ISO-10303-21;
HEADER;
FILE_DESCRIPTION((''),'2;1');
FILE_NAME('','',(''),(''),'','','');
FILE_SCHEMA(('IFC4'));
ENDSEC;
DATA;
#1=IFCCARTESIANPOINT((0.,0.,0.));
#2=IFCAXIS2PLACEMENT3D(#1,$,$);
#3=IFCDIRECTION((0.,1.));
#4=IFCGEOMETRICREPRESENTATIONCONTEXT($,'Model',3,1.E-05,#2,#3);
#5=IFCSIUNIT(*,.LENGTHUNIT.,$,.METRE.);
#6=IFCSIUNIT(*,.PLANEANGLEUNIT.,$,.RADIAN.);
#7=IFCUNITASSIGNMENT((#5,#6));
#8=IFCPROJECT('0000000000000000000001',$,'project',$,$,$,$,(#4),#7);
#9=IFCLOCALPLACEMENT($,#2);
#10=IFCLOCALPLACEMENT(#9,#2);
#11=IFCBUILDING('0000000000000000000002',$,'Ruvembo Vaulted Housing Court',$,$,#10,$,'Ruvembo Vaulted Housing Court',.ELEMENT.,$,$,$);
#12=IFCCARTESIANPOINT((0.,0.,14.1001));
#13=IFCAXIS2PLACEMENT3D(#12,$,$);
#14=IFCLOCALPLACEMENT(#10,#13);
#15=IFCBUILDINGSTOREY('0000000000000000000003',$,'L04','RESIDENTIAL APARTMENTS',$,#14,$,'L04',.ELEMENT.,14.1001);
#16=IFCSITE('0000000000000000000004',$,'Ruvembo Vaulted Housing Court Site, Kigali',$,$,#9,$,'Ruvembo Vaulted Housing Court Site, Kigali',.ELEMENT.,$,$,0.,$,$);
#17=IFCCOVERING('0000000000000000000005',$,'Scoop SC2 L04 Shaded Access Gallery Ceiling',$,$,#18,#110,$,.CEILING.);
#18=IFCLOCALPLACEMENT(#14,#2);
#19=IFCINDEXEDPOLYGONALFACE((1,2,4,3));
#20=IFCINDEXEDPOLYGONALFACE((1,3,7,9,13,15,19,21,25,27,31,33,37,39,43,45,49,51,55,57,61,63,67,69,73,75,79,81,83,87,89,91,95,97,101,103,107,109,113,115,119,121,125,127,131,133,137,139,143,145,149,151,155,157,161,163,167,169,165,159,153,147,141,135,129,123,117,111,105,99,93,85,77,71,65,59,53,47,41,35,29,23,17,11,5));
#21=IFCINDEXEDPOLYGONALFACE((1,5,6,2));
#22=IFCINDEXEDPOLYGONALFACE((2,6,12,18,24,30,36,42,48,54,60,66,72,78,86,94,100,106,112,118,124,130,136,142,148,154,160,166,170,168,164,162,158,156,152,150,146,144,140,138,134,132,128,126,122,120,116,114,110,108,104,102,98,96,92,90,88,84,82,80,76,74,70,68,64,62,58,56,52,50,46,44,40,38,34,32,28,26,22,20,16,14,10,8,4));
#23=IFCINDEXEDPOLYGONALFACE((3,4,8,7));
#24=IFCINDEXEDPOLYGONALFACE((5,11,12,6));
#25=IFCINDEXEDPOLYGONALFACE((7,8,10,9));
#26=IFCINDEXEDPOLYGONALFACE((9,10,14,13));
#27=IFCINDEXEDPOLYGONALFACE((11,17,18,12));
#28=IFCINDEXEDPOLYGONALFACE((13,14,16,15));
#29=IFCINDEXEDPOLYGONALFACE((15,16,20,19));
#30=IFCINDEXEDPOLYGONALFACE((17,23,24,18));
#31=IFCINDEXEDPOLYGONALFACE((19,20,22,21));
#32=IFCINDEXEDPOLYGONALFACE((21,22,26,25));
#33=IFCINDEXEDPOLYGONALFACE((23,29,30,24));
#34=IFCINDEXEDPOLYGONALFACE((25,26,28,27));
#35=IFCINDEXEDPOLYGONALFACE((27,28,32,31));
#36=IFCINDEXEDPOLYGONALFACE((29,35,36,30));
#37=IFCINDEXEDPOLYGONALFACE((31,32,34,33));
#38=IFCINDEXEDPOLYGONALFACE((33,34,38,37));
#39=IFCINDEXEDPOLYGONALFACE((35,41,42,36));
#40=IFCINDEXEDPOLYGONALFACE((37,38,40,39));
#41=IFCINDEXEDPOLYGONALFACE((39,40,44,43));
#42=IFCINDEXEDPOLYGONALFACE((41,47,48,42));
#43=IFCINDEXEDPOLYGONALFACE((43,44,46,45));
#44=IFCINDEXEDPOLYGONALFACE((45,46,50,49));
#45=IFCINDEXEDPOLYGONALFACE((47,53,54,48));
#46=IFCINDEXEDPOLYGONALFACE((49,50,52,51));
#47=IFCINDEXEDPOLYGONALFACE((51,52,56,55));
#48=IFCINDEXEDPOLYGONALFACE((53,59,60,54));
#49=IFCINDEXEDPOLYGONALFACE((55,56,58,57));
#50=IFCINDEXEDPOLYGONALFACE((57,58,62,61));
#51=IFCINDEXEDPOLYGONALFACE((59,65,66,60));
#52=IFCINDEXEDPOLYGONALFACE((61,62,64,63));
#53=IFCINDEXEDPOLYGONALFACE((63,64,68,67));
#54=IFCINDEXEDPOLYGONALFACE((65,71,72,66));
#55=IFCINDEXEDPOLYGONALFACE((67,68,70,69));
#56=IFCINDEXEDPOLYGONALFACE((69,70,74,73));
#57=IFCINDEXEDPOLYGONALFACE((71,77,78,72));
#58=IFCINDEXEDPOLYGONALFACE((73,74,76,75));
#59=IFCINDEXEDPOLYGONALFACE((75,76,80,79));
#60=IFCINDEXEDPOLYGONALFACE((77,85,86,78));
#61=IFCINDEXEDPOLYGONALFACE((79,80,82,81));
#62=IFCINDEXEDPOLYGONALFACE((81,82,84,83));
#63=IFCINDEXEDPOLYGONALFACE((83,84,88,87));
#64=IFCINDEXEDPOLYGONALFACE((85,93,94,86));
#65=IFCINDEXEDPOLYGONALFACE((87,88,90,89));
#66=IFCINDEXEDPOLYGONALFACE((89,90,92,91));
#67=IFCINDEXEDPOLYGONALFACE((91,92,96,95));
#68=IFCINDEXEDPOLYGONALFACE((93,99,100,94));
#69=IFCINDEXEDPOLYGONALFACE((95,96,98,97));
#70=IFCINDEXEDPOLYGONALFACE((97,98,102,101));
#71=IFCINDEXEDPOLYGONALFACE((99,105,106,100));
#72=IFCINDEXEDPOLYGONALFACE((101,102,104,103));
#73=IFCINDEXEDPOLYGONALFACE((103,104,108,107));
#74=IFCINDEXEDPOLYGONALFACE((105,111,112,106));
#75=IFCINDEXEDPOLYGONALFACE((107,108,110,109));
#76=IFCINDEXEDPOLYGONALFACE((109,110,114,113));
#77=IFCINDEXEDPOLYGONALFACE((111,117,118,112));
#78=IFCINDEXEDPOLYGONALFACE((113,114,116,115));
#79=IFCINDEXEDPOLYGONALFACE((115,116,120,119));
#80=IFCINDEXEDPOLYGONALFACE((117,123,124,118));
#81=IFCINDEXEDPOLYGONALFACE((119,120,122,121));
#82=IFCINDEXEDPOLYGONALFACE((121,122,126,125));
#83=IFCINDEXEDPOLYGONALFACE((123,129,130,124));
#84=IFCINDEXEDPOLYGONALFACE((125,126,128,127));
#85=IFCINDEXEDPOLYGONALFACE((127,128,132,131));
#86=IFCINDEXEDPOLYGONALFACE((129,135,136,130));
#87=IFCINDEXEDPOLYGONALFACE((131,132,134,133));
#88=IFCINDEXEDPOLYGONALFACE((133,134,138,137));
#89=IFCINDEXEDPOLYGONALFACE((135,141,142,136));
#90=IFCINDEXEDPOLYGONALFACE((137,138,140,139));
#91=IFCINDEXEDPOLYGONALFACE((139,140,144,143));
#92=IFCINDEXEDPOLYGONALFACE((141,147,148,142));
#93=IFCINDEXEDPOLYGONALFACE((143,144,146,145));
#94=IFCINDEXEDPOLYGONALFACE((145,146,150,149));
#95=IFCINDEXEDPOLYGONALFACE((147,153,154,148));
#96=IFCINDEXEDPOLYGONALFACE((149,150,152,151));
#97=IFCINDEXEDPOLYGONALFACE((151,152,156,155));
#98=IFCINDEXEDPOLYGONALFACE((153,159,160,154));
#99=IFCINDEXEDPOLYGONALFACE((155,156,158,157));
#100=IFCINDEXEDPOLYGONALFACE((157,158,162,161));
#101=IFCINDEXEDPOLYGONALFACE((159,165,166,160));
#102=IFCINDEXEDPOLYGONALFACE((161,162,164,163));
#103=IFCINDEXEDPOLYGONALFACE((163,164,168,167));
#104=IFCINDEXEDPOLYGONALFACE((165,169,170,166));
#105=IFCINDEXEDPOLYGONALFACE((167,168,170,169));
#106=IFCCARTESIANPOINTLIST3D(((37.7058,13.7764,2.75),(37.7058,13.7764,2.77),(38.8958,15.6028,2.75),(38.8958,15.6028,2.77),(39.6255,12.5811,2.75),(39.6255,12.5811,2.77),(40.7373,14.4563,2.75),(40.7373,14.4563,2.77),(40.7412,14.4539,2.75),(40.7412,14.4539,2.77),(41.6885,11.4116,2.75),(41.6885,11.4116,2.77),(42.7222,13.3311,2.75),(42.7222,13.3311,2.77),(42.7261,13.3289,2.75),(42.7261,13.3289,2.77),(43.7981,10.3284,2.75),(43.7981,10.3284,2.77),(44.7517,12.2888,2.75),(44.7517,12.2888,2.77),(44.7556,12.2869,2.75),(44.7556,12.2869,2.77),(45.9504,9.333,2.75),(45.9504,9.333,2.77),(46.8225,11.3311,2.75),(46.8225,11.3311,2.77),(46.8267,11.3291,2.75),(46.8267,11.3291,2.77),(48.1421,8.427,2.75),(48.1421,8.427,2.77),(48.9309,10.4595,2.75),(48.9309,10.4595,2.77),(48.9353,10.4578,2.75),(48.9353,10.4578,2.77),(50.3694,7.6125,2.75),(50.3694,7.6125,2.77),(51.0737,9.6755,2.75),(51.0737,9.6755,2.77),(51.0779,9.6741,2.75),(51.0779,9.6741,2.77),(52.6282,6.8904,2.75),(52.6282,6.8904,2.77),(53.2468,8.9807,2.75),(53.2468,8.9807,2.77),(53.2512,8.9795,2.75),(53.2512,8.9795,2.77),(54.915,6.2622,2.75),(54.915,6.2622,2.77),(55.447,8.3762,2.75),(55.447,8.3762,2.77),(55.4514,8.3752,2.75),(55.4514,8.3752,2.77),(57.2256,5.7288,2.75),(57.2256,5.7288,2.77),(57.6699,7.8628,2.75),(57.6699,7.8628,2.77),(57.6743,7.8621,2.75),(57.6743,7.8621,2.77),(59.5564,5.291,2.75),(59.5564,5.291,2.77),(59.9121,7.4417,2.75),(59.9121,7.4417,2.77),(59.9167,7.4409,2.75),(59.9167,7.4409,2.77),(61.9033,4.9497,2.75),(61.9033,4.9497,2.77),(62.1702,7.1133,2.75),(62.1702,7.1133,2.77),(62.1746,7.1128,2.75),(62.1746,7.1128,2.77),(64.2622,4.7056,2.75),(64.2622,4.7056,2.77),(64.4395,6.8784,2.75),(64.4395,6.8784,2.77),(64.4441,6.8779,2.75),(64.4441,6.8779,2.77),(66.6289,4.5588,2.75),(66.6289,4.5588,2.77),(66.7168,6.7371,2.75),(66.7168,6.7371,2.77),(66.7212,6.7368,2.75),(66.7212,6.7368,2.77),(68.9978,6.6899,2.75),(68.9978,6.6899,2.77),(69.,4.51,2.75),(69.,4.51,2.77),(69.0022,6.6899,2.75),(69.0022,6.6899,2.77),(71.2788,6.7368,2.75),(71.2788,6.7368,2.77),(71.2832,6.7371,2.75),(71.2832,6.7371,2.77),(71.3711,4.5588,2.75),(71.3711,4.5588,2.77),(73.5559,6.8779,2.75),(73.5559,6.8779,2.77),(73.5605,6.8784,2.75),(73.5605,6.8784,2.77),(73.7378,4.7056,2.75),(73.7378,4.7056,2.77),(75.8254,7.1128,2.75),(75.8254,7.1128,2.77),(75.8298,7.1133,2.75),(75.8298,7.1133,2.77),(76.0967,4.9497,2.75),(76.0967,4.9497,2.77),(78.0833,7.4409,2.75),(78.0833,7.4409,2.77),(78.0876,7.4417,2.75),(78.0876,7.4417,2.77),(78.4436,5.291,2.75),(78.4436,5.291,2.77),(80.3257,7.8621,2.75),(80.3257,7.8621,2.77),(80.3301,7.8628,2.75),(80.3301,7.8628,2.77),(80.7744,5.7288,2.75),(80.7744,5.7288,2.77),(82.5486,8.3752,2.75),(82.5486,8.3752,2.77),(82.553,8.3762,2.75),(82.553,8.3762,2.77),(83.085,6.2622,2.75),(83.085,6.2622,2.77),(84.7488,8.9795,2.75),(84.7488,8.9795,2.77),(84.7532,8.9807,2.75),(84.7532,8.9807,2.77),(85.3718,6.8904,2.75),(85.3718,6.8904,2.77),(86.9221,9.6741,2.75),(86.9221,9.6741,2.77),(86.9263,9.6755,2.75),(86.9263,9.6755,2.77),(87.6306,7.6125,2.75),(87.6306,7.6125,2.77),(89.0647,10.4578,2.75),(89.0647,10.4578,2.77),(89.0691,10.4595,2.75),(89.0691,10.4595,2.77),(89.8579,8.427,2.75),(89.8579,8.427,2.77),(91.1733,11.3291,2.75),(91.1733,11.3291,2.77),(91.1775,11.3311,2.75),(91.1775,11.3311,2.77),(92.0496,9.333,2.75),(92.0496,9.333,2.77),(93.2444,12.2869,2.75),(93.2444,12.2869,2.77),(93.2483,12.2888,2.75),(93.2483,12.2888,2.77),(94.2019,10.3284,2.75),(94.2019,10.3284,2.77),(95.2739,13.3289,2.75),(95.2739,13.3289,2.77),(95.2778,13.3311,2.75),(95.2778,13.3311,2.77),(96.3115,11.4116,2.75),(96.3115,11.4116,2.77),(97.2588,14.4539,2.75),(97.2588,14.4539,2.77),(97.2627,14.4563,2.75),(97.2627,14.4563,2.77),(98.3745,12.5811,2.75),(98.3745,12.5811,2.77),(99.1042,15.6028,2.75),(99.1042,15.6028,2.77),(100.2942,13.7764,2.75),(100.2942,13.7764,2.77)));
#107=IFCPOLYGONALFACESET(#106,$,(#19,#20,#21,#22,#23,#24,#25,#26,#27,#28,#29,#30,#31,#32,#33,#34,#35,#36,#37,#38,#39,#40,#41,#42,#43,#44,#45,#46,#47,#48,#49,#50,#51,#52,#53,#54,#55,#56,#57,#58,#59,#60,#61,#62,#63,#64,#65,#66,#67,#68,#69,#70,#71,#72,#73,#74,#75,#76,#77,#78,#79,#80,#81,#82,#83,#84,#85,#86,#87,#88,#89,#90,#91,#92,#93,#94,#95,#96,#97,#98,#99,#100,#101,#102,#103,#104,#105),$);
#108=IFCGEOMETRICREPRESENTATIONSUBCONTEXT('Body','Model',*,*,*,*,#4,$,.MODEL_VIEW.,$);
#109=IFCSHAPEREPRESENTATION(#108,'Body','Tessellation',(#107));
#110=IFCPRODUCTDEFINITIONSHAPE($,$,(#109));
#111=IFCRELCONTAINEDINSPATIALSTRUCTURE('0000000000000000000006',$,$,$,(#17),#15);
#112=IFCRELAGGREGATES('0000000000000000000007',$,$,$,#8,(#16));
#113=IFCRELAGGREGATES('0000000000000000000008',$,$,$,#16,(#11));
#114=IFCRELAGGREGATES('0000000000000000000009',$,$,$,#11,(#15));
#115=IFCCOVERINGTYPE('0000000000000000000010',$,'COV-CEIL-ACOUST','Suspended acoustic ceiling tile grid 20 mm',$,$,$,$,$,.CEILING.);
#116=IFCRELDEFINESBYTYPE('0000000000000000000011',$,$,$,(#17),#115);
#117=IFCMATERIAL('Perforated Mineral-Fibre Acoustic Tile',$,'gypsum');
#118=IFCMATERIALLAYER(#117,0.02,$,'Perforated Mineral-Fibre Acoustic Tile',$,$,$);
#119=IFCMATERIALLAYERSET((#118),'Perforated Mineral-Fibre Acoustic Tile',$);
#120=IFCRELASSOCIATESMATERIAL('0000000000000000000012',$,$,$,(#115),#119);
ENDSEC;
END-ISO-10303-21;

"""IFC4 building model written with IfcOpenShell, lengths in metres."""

from ifc_helpers import new_model, si_unit, direction, frame, origin, place, context, subcontext, project, spatial, polyline, outline, extrude, material, layer, layer_set, type_object, element, save


model = new_model("IFC4")

# Units and contexts
model_context = context("Model", 3, precision=1e-05, world=origin(), true_north=direction((0.0, 1.0)))
body_context = subcontext(model_context, "Body", "Model", "MODEL_VIEW")
ifc_project = project(units=[si_unit("LENGTHUNIT", "METRE"), si_unit("PLANEANGLEUNIT", "RADIAN")], contexts=[model_context])

# Site, building, storey
site_placement = place(None, origin())
site = spatial("IfcSite", under=ifc_project, at=site_placement, Name="Ruvembo Vaulted Housing Court Site, Kigali", LongName="Ruvembo Vaulted Housing Court Site, Kigali", CompositionType="ELEMENT", RefElevation=0.0)
building_placement = place(site_placement, origin())
building = spatial("IfcBuilding", under=site, at=building_placement, Name="Ruvembo Vaulted Housing Court", LongName="Ruvembo Vaulted Housing Court", CompositionType="ELEMENT")
storey_placement = place(building_placement, frame((0.0, 0.0, 14.1001)))
storey = spatial("IfcBuildingStorey", under=building, at=storey_placement, Name="L04", Description="RESIDENTIAL APARTMENTS", LongName="L04", CompositionType="ELEMENT", Elevation=14.1001)

# Covering
ifc_material_1 = material(Name="Perforated Mineral-Fibre Acoustic Tile", Category="gypsum")
ifc_layer_1 = layer(ifc_material_1, 0.02, Name="Perforated Mineral-Fibre Acoustic Tile")
ifc_layer_set_1 = layer_set([ifc_layer_1], Name="Perforated Mineral-Fibre Acoustic Tile")
covering_type_1 = type_object("IfcCoveringType", Name="COV-CEIL-ACOUST", Description="Suspended acoustic ceiling tile grid 20 mm", PredefinedType="CEILING", material=ifc_layer_set_1)
covering_1_placement = place(storey_placement, frame((0.0, 0.0, 2.75)))
element("IfcCovering", 1, at=covering_1_placement, inside=storey, type_object=covering_type_1, Name="Scoop SC2 L04 Shaded Access Gallery Ceiling", PredefinedType="CEILING", context=body_context, shape_type="SweptSolid", body=[
    extrude(outline(polyline([(37.7058, 13.7764), (39.6255, 12.5811), (41.6885, 11.4116), (43.7981, 10.3284), (45.9504, 9.333), (48.1421, 8.427), (50.3694, 7.6125), (52.6282, 6.8904), (54.915, 6.2622), (57.2256, 5.7288), (59.5564, 5.291), (61.9033, 4.9497), (64.2622, 4.7056), (66.6289, 4.5588), (69.0, 4.51), (71.3711, 4.5588), (73.7378, 4.7056), (76.0967, 4.9497), (78.4436, 5.291), (80.7744, 5.7288), (83.085, 6.2622), (85.3718, 6.8904), (87.6306, 7.6125), (89.8579, 8.427), (92.0496, 9.333), (94.2019, 10.3284), (96.3115, 11.4116), (98.3745, 12.5811), (100.2942, 13.7764), (99.1042, 15.6028), (97.2627, 14.4563), (97.2588, 14.4539), (95.2778, 13.3311), (95.2739, 13.3289), (93.2483, 12.2888), (93.2444, 12.2869), (91.1775, 11.3311), (91.1733, 11.3291), (89.0691, 10.4595), (89.0647, 10.4578), (86.9263, 9.6755), (86.9221, 9.6741), (84.7532, 8.9807), (84.7488, 8.9795), (82.553, 8.3762), (82.5486, 8.3752), (80.3301, 7.8628), (80.3257, 7.8621), (78.0876, 7.4417), (78.0833, 7.4409), (75.8298, 7.1133), (75.8254, 7.1128), (73.5605, 6.8784), (73.5559, 6.8779), (71.2832, 6.7371), (71.2788, 6.7368), (69.0022, 6.6899), (68.9978, 6.6899), (66.7212, 6.7368), (66.7168, 6.7371), (64.4441, 6.8779), (64.4395, 6.8784), (62.1746, 7.1128), (62.1702, 7.1133), (59.9167, 7.4409), (59.9121, 7.4417), (57.6743, 7.8621), (57.6699, 7.8628), (55.4514, 8.3752), (55.447, 8.3762), (53.2512, 8.9795), (53.2468, 8.9807), (51.0779, 9.6741), (51.0737, 9.6755), (48.9353, 10.4578), (48.9309, 10.4595), (46.8267, 11.3291), (46.8225, 11.3311), (44.7556, 12.2869), (44.7517, 12.2888), (42.7261, 13.3289), (42.7222, 13.3311), (40.7412, 14.4539), (40.7373, 14.4563), (38.8958, 15.6028), (37.7058, 13.7764)])), origin(), (0.0, 0.0, 1.0), 0.02),
])

save(model, "model.ifc")
